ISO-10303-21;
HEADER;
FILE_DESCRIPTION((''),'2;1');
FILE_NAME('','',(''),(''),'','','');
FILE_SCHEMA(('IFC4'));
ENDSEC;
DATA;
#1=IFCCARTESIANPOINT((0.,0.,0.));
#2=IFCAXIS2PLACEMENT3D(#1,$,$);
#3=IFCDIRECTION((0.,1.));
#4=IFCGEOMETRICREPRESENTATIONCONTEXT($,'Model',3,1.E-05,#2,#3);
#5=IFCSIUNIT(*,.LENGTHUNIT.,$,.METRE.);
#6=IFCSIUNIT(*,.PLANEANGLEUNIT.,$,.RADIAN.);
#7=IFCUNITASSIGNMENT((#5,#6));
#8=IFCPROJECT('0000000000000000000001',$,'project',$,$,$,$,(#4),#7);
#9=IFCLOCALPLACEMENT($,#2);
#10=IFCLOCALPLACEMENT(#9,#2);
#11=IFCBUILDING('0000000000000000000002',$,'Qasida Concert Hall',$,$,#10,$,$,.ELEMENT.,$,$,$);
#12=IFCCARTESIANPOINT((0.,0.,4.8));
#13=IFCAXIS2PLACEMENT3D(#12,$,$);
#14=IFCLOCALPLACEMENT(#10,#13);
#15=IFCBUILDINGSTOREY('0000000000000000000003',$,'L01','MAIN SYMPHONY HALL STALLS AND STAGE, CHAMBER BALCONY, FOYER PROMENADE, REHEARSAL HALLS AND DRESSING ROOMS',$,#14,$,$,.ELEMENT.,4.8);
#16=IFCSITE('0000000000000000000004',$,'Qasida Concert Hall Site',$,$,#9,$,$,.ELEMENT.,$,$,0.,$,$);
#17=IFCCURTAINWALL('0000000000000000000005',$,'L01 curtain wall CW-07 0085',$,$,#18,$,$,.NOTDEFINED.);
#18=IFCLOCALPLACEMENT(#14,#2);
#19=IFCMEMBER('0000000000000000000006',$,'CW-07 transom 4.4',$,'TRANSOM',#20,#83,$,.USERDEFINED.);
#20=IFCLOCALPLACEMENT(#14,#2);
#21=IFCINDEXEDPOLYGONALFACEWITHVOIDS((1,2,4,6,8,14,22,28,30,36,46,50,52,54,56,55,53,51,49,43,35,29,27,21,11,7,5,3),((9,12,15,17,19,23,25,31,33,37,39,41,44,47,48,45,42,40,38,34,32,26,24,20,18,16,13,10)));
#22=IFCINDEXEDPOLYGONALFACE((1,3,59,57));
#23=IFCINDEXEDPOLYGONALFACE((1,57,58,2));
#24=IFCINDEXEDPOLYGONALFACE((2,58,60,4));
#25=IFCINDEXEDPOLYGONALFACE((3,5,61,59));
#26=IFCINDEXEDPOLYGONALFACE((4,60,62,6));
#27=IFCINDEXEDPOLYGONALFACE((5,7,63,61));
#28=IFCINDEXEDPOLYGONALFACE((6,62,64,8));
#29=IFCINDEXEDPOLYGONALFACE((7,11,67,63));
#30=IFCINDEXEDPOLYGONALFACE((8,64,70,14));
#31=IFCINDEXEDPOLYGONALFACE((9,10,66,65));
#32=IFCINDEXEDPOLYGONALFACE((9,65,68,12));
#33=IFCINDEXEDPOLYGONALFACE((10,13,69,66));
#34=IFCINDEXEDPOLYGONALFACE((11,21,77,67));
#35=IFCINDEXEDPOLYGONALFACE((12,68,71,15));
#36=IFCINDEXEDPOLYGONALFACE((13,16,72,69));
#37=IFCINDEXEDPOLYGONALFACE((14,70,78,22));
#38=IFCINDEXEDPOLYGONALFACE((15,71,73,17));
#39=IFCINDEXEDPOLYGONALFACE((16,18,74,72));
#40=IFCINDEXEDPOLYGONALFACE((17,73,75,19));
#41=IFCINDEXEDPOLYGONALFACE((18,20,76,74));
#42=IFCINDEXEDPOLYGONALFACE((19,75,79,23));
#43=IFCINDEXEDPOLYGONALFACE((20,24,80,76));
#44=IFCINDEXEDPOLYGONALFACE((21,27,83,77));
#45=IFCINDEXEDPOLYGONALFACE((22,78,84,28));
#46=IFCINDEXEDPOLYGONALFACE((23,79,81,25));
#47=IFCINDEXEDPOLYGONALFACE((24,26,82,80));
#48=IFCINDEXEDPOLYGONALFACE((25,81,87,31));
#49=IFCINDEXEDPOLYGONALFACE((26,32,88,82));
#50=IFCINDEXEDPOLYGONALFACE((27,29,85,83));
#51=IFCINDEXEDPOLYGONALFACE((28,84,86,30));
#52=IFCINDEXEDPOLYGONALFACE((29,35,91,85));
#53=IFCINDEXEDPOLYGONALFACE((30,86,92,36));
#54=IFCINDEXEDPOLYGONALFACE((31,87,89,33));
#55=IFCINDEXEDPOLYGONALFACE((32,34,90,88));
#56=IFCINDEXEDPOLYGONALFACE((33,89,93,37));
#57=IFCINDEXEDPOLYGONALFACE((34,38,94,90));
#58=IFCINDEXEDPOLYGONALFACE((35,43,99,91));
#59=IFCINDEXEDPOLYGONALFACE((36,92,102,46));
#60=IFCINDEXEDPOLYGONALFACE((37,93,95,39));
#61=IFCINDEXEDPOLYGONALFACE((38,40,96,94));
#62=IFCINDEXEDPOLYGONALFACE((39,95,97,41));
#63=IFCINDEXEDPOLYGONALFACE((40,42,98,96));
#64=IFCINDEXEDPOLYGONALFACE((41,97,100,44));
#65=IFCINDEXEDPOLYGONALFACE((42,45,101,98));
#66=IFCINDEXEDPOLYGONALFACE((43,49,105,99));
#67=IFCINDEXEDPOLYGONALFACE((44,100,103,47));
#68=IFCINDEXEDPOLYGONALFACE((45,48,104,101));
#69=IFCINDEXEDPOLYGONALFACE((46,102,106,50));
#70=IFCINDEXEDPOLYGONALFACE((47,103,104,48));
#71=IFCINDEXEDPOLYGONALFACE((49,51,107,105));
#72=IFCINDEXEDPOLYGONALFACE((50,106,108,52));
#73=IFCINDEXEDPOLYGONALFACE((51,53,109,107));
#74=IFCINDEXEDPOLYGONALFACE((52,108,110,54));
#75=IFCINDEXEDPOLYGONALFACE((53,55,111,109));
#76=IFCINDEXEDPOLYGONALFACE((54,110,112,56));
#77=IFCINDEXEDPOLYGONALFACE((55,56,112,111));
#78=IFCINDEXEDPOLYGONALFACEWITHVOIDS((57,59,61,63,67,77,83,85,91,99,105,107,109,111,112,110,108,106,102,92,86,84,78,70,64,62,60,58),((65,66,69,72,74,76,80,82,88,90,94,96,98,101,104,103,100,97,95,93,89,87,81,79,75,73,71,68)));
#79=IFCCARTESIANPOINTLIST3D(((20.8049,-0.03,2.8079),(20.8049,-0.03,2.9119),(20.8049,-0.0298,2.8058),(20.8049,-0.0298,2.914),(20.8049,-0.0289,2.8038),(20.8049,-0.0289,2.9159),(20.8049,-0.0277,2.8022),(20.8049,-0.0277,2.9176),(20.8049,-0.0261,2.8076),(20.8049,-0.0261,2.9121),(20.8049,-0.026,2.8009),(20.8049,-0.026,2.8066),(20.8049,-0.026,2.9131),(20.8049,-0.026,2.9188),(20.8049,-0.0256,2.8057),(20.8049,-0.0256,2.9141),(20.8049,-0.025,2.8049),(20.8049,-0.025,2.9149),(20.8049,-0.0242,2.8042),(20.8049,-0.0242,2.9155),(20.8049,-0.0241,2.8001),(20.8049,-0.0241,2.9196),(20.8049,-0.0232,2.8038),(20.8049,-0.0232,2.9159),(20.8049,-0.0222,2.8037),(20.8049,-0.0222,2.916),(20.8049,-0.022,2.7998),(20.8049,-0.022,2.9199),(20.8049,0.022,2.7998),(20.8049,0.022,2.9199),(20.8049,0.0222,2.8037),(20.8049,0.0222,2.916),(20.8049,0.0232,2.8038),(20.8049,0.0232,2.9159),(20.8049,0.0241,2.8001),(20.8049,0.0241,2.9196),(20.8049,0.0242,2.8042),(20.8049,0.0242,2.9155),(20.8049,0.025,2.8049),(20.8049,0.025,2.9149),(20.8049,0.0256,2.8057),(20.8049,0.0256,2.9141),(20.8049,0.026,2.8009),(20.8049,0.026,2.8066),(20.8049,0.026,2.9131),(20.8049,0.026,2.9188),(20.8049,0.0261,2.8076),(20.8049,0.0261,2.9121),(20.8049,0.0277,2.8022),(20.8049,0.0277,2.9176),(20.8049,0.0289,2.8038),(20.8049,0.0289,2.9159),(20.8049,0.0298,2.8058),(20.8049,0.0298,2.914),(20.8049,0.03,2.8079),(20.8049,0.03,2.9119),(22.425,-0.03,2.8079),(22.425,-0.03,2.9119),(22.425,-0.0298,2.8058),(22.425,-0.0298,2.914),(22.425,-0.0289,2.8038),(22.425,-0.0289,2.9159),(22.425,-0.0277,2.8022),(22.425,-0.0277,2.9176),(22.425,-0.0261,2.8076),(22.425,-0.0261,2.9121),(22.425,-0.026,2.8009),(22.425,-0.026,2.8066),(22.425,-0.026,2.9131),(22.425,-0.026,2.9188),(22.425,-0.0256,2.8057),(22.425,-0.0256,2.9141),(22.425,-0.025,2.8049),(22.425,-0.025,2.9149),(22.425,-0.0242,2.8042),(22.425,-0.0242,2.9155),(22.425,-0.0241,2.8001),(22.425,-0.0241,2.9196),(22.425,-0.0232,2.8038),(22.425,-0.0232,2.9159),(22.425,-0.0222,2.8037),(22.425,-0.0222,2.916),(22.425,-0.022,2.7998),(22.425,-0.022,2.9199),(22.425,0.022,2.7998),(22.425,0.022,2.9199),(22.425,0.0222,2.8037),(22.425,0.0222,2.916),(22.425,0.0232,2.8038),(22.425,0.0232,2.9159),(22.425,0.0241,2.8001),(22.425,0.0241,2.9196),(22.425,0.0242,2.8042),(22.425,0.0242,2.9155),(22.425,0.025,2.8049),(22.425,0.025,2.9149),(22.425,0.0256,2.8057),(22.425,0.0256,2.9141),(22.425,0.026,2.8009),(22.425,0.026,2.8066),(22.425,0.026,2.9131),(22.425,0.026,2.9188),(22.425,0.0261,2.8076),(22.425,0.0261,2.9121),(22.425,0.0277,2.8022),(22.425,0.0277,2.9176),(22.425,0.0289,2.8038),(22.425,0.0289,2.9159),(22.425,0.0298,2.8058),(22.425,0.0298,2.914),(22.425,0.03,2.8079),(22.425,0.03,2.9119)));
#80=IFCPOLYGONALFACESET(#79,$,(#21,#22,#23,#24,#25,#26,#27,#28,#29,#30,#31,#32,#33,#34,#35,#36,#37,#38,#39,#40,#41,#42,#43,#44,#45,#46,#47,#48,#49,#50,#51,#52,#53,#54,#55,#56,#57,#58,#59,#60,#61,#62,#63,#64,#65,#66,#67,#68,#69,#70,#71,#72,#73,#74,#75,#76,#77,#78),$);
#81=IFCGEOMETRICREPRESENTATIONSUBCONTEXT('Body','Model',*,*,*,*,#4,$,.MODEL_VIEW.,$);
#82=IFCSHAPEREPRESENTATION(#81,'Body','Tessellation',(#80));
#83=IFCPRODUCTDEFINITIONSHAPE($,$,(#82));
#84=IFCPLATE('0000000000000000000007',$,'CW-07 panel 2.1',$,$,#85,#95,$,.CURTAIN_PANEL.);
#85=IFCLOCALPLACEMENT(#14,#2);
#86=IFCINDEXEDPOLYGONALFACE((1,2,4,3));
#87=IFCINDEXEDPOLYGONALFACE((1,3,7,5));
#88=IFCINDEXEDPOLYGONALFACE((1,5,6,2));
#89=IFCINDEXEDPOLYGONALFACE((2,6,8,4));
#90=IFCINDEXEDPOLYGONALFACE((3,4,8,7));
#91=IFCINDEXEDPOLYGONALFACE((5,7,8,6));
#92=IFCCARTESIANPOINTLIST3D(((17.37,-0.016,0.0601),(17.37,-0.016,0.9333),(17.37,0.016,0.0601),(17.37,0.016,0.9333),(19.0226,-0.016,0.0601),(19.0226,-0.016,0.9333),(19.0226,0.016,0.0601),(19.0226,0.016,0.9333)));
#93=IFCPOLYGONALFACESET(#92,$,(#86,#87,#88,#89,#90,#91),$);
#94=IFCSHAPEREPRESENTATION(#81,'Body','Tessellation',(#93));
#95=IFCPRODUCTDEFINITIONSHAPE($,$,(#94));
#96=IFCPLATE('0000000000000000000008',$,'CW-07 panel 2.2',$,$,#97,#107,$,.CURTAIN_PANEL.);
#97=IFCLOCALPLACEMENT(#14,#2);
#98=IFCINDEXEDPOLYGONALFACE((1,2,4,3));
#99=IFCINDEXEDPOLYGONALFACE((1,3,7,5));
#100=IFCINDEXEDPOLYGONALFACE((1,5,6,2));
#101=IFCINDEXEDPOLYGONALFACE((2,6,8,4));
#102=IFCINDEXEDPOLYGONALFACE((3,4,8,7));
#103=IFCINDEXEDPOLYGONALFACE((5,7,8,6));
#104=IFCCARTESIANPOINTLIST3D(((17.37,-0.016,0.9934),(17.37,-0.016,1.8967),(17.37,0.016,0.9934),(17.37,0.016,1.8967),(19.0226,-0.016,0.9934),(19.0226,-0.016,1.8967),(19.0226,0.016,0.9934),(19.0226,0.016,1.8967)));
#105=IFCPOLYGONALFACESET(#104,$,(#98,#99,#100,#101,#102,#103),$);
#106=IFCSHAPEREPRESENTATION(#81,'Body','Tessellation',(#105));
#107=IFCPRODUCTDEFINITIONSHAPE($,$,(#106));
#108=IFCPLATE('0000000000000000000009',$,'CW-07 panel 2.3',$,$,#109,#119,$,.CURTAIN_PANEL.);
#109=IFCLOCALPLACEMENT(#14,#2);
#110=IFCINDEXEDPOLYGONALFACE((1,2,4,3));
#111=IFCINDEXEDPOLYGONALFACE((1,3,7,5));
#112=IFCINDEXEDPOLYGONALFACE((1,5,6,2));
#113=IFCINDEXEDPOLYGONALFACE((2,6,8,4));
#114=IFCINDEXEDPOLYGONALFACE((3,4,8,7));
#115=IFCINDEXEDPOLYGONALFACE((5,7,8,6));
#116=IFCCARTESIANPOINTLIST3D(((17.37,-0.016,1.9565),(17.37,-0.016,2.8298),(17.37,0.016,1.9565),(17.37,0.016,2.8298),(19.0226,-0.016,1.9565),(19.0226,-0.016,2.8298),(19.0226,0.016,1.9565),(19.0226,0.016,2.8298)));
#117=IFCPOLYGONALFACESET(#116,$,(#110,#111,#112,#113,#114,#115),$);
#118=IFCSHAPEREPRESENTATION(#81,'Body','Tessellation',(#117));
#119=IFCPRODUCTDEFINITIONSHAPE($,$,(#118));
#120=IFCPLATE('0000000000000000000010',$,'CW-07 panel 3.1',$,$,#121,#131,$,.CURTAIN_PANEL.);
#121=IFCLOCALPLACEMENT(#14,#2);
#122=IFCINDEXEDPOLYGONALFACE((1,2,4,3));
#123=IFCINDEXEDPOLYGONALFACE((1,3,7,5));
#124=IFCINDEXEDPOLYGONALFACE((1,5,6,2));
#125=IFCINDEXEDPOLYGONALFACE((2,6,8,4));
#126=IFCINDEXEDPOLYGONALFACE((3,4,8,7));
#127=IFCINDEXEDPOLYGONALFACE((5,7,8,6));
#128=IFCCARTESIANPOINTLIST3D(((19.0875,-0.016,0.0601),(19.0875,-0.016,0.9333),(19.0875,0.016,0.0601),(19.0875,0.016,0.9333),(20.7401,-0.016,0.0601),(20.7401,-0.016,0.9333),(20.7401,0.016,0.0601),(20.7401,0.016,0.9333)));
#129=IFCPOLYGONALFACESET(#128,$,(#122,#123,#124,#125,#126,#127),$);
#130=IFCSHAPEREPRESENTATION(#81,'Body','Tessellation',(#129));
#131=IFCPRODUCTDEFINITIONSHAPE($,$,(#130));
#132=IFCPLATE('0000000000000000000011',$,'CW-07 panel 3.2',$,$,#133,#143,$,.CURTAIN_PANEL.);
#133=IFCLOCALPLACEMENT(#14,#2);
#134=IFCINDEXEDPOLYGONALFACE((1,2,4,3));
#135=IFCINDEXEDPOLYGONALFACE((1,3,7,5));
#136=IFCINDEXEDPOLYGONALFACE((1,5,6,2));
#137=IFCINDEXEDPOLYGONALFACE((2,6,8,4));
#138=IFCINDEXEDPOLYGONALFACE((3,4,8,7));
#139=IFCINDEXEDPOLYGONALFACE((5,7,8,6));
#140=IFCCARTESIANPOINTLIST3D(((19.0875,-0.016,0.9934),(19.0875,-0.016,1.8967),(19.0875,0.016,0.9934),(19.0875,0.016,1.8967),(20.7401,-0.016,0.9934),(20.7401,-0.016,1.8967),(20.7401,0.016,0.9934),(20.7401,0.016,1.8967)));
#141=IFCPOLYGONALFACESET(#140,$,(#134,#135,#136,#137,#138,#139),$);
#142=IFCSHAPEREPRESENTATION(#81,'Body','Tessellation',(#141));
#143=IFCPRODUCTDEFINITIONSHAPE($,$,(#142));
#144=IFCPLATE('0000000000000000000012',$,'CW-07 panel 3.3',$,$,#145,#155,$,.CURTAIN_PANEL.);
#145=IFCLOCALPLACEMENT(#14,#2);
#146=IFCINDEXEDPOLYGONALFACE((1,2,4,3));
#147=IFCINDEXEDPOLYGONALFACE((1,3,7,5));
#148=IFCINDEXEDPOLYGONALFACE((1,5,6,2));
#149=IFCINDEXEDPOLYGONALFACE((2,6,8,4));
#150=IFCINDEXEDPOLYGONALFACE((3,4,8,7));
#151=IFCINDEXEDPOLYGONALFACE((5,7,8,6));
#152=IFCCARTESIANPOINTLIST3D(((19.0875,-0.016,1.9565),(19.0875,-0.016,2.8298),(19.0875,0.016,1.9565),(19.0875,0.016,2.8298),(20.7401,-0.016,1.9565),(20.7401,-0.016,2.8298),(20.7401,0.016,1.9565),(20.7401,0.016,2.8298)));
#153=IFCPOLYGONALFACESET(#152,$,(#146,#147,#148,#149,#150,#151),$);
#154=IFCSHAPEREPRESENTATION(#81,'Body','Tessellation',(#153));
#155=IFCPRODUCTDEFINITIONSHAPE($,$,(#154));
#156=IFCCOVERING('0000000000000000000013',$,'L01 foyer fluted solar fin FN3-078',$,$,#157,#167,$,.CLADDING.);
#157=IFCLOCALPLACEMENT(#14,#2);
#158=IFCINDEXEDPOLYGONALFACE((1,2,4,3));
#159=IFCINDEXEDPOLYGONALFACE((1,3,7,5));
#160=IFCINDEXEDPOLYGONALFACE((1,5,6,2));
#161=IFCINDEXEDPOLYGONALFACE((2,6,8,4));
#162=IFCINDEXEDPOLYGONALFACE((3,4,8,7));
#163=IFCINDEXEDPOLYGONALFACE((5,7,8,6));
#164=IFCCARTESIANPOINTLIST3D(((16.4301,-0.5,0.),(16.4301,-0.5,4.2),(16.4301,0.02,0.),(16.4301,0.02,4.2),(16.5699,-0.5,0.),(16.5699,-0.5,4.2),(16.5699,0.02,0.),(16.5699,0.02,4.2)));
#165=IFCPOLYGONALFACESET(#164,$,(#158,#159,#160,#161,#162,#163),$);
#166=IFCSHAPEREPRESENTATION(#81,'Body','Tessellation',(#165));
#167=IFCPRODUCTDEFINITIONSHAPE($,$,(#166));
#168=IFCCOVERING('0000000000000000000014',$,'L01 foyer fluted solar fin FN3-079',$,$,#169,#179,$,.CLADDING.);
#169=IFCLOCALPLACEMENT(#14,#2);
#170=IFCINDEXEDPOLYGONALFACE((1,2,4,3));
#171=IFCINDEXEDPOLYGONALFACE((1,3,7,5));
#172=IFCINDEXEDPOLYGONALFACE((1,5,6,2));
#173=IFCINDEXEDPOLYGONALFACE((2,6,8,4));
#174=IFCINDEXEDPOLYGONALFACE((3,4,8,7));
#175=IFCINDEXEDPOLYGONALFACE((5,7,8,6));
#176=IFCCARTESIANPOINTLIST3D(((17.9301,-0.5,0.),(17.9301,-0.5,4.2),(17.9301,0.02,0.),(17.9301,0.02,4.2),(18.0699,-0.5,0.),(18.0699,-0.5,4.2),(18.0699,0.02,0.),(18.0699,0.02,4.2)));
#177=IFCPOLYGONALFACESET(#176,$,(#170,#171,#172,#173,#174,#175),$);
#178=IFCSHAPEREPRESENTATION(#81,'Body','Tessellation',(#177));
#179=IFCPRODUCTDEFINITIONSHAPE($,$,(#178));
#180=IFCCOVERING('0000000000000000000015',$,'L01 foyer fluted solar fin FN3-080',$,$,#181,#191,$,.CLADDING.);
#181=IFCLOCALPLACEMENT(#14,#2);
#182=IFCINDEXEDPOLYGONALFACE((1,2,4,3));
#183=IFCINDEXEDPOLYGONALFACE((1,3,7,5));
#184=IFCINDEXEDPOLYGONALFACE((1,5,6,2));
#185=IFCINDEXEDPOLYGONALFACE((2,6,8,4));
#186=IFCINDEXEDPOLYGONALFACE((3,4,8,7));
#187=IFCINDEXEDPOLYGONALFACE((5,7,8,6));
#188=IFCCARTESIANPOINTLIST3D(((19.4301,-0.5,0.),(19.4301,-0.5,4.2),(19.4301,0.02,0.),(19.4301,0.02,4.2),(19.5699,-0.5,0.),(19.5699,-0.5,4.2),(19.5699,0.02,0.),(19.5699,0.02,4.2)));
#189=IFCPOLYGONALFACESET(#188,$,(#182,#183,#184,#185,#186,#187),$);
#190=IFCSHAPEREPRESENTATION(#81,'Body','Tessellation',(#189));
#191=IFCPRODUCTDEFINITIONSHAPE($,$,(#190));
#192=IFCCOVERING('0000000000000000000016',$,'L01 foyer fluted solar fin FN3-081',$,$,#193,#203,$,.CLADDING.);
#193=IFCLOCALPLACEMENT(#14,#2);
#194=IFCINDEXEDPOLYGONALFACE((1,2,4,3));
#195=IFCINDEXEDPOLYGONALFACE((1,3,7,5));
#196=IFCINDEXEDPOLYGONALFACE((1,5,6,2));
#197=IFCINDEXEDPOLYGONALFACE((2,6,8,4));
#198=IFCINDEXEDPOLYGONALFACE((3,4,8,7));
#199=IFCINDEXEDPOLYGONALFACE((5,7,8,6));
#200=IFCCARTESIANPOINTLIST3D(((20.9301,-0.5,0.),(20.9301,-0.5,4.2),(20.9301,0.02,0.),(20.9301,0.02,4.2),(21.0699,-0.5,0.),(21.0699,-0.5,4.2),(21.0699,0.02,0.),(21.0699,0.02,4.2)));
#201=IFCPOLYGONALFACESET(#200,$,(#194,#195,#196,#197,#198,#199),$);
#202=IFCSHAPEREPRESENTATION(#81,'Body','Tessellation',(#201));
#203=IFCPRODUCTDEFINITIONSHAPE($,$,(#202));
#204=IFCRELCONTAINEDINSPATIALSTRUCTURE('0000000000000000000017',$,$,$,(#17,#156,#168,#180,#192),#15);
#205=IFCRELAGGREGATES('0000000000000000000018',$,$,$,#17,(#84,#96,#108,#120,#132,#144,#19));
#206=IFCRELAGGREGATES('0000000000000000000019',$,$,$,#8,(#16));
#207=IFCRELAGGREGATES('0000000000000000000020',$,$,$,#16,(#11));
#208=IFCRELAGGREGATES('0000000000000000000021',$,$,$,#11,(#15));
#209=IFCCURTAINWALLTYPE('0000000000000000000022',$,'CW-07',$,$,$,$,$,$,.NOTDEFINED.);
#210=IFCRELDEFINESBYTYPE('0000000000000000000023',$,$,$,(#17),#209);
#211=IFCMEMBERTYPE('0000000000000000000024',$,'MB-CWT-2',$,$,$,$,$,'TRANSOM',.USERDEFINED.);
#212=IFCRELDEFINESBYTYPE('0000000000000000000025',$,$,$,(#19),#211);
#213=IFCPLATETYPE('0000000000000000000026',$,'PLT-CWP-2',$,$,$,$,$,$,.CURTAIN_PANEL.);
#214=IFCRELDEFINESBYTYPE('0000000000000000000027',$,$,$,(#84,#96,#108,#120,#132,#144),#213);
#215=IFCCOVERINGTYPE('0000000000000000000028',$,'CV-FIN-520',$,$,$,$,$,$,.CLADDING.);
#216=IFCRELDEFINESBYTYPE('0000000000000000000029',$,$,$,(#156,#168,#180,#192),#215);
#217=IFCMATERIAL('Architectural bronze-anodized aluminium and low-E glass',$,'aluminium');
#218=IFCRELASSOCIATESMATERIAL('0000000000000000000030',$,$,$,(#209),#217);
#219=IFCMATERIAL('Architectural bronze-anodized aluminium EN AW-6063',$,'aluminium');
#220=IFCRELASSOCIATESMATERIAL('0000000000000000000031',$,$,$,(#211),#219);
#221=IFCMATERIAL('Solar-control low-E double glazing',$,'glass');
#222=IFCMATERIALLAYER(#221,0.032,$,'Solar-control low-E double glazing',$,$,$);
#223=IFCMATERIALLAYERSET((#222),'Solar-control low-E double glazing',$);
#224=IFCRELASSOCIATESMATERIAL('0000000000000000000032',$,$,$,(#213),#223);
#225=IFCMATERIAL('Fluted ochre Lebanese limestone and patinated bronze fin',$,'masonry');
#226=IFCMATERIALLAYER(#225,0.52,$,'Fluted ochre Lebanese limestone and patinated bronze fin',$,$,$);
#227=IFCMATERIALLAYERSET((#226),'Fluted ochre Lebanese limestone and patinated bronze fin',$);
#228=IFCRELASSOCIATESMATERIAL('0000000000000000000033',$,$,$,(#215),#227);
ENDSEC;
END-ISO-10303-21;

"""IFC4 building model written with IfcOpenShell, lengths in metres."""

from ifc_helpers import new_model, si_unit, direction, frame, origin, origin_2d, place, context, subcontext, project, spatial, rectangle, hollow_rectangle, extrude, material, layer, layer_set, material_profile, profile_set, type_object, element, aggregate, save


model = new_model("IFC4")

# Units and contexts
model_context = context("Model", 3, precision=1e-05, world=origin(), true_north=direction((0.0, 1.0)))
body_context = subcontext(model_context, "Body", "Model", "MODEL_VIEW")
ifc_project = project(units=[si_unit("LENGTHUNIT", "METRE"), si_unit("PLANEANGLEUNIT", "RADIAN")], contexts=[model_context])

# Site, building, storey
site_placement = place(None, origin())
site = spatial("IfcSite", under=ifc_project, at=site_placement, Name="Qasida Concert Hall Site", CompositionType="ELEMENT", RefElevation=0.0)
building_placement = place(site_placement, origin())
building = spatial("IfcBuilding", under=site, at=building_placement, Name="Qasida Concert Hall", CompositionType="ELEMENT")
storey_placement = place(building_placement, frame((0.0, 0.0, 4.8)))
storey = spatial("IfcBuildingStorey", under=building, at=storey_placement, Name="L01", Description="MAIN SYMPHONY HALL STALLS AND STAGE, CHAMBER BALCONY, FOYER PROMENADE, REHEARSAL HALLS AND DRESSING ROOMS", CompositionType="ELEMENT", Elevation=4.8)

# Curtain wall, member, plates
ifc_material_1 = material(Name="Architectural bronze-anodized aluminium and low-E glass", Category="aluminium")
curtain_wall_type = type_object("IfcCurtainWallType", Name="CW-07", PredefinedType="NOTDEFINED", material=ifc_material_1)
curtain_wall_placement = place(storey_placement, origin())
curtain_wall = element("IfcCurtainWall", 1, at=curtain_wall_placement, inside=storey, type_object=curtain_wall_type, Name="L01 curtain wall CW-07 0085", PredefinedType="NOTDEFINED")
ifc_material_2 = material(Name="Architectural bronze-anodized aluminium EN AW-6063", Category="aluminium")
ifc_material_profile_1 = material_profile(ifc_material_2, hollow_rectangle(XDim=0.0601, YDim=0.1201, WallThickness=0.0039, InnerFilletRadius=0.0039, OuterFilletRadius=0.0081, at=origin_2d()), Name="CWT 120x60x4")
ifc_profile_set_1 = profile_set([ifc_material_profile_1], Name="Architectural bronze-anodized aluminium EN AW-6063")
member_type_1 = type_object("IfcMemberType", Name="MB-CWT-2", ElementType="TRANSOM", PredefinedType="USERDEFINED", material=ifc_profile_set_1)
member_1_placement = place(storey_placement, frame((20.8049, 0.0, 2.8599), z_axis=(1.0, 0.0, 0.0), x_axis=(0.0, 1.0, 0.0)))
member_1 = element("IfcMember", 2, at=member_1_placement, type_object=member_type_1, Name="CW-07 transom 4.4", ObjectType="TRANSOM", PredefinedType="USERDEFINED", context=body_context, shape_type="SweptSolid", body=[
    extrude(hollow_rectangle(XDim=0.0601, YDim=0.1201, WallThickness=0.0039, InnerFilletRadius=0.0039, OuterFilletRadius=0.0081, at=origin_2d()), origin(), (0.0, 0.0, 1.0), 1.6201),
])
ifc_material_3 = material(Name="Solar-control low-E double glazing", Category="glass")
ifc_layer_1 = layer(ifc_material_3, 0.032, Name="Solar-control low-E double glazing")
ifc_layer_set_1 = layer_set([ifc_layer_1], Name="Solar-control low-E double glazing")
plate_type = type_object("IfcPlateType", Name="PLT-CWP-2", PredefinedType="CURTAIN_PANEL", material=ifc_layer_set_1)
plate_1_placement = place(storey_placement, frame((18.1963, 0.0, 0.0601), z_axis=(0.0, 0.0, 1.0), x_axis=(1.0, 0.0, 0.0)))
plate_1 = element("IfcPlate", 3, at=plate_1_placement, type_object=plate_type, Name="CW-07 panel 2.1", PredefinedType="CURTAIN_PANEL", context=body_context, shape_type="SweptSolid", body=[
    extrude(rectangle(XDim=1.6526, YDim=0.032, at=origin_2d()), origin(), (0.0, 0.0, 1.0), 0.8733),
])
plate_2_placement = place(storey_placement, frame((18.1963, 0.0, 0.9934), z_axis=(0.0, 0.0, 1.0), x_axis=(1.0, 0.0, 0.0)))
plate_2 = element("IfcPlate", 4, at=plate_2_placement, type_object=plate_type, Name="CW-07 panel 2.2", PredefinedType="CURTAIN_PANEL", context=body_context, shape_type="SweptSolid", body=[
    extrude(rectangle(XDim=1.6526, YDim=0.032, at=origin_2d()), origin(), (0.0, 0.0, 1.0), 0.9033),
])
plate_3_placement = place(storey_placement, frame((18.1963, 0.0, 1.9565), z_axis=(0.0, 0.0, 1.0), x_axis=(1.0, 0.0, 0.0)))
plate_3 = element("IfcPlate", 5, at=plate_3_placement, type_object=plate_type, Name="CW-07 panel 2.3", PredefinedType="CURTAIN_PANEL", context=body_context, shape_type="SweptSolid", body=[
    extrude(rectangle(XDim=1.6526, YDim=0.032, at=origin_2d()), origin(), (0.0, 0.0, 1.0), 0.8733),
])
plate_4_placement = place(storey_placement, frame((19.9138, 0.0, 0.0601), z_axis=(0.0, 0.0, 1.0), x_axis=(1.0, 0.0, 0.0)))
plate_4 = element("IfcPlate", 6, at=plate_4_placement, type_object=plate_type, Name="CW-07 panel 3.1", PredefinedType="CURTAIN_PANEL", context=body_context, shape_type="SweptSolid", body=[
    extrude(rectangle(XDim=1.6526, YDim=0.032, at=origin_2d()), origin(), (0.0, 0.0, 1.0), 0.8733),
])
plate_5_placement = place(storey_placement, frame((19.9138, 0.0, 0.9934), z_axis=(0.0, 0.0, 1.0), x_axis=(1.0, 0.0, 0.0)))
plate_5 = element("IfcPlate", 7, at=plate_5_placement, type_object=plate_type, Name="CW-07 panel 3.2", PredefinedType="CURTAIN_PANEL", context=body_context, shape_type="SweptSolid", body=[
    extrude(rectangle(XDim=1.6526, YDim=0.032, at=origin_2d()), origin(), (0.0, 0.0, 1.0), 0.9033),
])
plate_6_placement = place(storey_placement, frame((19.9138, 0.0, 1.9565), z_axis=(0.0, 0.0, 1.0), x_axis=(1.0, 0.0, 0.0)))
plate_6 = element("IfcPlate", 8, at=plate_6_placement, type_object=plate_type, Name="CW-07 panel 3.3", PredefinedType="CURTAIN_PANEL", context=body_context, shape_type="SweptSolid", body=[
    extrude(rectangle(XDim=1.6526, YDim=0.032, at=origin_2d()), origin(), (0.0, 0.0, 1.0), 0.8733),
])
aggregate(curtain_wall, [plate_1, plate_2, plate_3, plate_4, plate_5, plate_6, member_1])

# Coverings
ifc_material_4 = material(Name="Fluted ochre Lebanese limestone and patinated bronze fin", Category="masonry")
ifc_layer_2 = layer(ifc_material_4, 0.52, Name="Fluted ochre Lebanese limestone and patinated bronze fin")
ifc_layer_set_2 = layer_set([ifc_layer_2], Name="Fluted ochre Lebanese limestone and patinated bronze fin")
covering_type = type_object("IfcCoveringType", Name="CV-FIN-520", PredefinedType="CLADDING", material=ifc_layer_set_2)
for number, where, z_axis, x_axis, name in (
    (9, (16.5, -0.24, 0.0), (0.0, 0.0, 1.0), (1.0, 0.0, 0.0), "L01 foyer fluted solar fin FN3-078"),
    (10, (18.0, -0.24, 0.0), (0.0, 0.0, 1.0), (1.0, 0.0, 0.0), "L01 foyer fluted solar fin FN3-079"),
    (11, (19.5, -0.24, 0.0), (0.0, 0.0, 1.0), (1.0, 0.0, 0.0), "L01 foyer fluted solar fin FN3-080"),
    (12, (21.0, -0.24, 0.0), (0.0, 0.0, 1.0), (1.0, 0.0, 0.0), "L01 foyer fluted solar fin FN3-081"),
):
    element("IfcCovering", number, at=place(storey_placement, frame(where, z_axis=z_axis, x_axis=x_axis)), inside=storey, type_object=covering_type, Name=name, PredefinedType="CLADDING", context=body_context, shape_type="SweptSolid", body=[
        extrude(rectangle(XDim=0.1399, YDim=0.52, at=origin_2d()), origin(), (0.0, 0.0, 1.0), 4.2),
    ])

save(model, "model.ifc")
